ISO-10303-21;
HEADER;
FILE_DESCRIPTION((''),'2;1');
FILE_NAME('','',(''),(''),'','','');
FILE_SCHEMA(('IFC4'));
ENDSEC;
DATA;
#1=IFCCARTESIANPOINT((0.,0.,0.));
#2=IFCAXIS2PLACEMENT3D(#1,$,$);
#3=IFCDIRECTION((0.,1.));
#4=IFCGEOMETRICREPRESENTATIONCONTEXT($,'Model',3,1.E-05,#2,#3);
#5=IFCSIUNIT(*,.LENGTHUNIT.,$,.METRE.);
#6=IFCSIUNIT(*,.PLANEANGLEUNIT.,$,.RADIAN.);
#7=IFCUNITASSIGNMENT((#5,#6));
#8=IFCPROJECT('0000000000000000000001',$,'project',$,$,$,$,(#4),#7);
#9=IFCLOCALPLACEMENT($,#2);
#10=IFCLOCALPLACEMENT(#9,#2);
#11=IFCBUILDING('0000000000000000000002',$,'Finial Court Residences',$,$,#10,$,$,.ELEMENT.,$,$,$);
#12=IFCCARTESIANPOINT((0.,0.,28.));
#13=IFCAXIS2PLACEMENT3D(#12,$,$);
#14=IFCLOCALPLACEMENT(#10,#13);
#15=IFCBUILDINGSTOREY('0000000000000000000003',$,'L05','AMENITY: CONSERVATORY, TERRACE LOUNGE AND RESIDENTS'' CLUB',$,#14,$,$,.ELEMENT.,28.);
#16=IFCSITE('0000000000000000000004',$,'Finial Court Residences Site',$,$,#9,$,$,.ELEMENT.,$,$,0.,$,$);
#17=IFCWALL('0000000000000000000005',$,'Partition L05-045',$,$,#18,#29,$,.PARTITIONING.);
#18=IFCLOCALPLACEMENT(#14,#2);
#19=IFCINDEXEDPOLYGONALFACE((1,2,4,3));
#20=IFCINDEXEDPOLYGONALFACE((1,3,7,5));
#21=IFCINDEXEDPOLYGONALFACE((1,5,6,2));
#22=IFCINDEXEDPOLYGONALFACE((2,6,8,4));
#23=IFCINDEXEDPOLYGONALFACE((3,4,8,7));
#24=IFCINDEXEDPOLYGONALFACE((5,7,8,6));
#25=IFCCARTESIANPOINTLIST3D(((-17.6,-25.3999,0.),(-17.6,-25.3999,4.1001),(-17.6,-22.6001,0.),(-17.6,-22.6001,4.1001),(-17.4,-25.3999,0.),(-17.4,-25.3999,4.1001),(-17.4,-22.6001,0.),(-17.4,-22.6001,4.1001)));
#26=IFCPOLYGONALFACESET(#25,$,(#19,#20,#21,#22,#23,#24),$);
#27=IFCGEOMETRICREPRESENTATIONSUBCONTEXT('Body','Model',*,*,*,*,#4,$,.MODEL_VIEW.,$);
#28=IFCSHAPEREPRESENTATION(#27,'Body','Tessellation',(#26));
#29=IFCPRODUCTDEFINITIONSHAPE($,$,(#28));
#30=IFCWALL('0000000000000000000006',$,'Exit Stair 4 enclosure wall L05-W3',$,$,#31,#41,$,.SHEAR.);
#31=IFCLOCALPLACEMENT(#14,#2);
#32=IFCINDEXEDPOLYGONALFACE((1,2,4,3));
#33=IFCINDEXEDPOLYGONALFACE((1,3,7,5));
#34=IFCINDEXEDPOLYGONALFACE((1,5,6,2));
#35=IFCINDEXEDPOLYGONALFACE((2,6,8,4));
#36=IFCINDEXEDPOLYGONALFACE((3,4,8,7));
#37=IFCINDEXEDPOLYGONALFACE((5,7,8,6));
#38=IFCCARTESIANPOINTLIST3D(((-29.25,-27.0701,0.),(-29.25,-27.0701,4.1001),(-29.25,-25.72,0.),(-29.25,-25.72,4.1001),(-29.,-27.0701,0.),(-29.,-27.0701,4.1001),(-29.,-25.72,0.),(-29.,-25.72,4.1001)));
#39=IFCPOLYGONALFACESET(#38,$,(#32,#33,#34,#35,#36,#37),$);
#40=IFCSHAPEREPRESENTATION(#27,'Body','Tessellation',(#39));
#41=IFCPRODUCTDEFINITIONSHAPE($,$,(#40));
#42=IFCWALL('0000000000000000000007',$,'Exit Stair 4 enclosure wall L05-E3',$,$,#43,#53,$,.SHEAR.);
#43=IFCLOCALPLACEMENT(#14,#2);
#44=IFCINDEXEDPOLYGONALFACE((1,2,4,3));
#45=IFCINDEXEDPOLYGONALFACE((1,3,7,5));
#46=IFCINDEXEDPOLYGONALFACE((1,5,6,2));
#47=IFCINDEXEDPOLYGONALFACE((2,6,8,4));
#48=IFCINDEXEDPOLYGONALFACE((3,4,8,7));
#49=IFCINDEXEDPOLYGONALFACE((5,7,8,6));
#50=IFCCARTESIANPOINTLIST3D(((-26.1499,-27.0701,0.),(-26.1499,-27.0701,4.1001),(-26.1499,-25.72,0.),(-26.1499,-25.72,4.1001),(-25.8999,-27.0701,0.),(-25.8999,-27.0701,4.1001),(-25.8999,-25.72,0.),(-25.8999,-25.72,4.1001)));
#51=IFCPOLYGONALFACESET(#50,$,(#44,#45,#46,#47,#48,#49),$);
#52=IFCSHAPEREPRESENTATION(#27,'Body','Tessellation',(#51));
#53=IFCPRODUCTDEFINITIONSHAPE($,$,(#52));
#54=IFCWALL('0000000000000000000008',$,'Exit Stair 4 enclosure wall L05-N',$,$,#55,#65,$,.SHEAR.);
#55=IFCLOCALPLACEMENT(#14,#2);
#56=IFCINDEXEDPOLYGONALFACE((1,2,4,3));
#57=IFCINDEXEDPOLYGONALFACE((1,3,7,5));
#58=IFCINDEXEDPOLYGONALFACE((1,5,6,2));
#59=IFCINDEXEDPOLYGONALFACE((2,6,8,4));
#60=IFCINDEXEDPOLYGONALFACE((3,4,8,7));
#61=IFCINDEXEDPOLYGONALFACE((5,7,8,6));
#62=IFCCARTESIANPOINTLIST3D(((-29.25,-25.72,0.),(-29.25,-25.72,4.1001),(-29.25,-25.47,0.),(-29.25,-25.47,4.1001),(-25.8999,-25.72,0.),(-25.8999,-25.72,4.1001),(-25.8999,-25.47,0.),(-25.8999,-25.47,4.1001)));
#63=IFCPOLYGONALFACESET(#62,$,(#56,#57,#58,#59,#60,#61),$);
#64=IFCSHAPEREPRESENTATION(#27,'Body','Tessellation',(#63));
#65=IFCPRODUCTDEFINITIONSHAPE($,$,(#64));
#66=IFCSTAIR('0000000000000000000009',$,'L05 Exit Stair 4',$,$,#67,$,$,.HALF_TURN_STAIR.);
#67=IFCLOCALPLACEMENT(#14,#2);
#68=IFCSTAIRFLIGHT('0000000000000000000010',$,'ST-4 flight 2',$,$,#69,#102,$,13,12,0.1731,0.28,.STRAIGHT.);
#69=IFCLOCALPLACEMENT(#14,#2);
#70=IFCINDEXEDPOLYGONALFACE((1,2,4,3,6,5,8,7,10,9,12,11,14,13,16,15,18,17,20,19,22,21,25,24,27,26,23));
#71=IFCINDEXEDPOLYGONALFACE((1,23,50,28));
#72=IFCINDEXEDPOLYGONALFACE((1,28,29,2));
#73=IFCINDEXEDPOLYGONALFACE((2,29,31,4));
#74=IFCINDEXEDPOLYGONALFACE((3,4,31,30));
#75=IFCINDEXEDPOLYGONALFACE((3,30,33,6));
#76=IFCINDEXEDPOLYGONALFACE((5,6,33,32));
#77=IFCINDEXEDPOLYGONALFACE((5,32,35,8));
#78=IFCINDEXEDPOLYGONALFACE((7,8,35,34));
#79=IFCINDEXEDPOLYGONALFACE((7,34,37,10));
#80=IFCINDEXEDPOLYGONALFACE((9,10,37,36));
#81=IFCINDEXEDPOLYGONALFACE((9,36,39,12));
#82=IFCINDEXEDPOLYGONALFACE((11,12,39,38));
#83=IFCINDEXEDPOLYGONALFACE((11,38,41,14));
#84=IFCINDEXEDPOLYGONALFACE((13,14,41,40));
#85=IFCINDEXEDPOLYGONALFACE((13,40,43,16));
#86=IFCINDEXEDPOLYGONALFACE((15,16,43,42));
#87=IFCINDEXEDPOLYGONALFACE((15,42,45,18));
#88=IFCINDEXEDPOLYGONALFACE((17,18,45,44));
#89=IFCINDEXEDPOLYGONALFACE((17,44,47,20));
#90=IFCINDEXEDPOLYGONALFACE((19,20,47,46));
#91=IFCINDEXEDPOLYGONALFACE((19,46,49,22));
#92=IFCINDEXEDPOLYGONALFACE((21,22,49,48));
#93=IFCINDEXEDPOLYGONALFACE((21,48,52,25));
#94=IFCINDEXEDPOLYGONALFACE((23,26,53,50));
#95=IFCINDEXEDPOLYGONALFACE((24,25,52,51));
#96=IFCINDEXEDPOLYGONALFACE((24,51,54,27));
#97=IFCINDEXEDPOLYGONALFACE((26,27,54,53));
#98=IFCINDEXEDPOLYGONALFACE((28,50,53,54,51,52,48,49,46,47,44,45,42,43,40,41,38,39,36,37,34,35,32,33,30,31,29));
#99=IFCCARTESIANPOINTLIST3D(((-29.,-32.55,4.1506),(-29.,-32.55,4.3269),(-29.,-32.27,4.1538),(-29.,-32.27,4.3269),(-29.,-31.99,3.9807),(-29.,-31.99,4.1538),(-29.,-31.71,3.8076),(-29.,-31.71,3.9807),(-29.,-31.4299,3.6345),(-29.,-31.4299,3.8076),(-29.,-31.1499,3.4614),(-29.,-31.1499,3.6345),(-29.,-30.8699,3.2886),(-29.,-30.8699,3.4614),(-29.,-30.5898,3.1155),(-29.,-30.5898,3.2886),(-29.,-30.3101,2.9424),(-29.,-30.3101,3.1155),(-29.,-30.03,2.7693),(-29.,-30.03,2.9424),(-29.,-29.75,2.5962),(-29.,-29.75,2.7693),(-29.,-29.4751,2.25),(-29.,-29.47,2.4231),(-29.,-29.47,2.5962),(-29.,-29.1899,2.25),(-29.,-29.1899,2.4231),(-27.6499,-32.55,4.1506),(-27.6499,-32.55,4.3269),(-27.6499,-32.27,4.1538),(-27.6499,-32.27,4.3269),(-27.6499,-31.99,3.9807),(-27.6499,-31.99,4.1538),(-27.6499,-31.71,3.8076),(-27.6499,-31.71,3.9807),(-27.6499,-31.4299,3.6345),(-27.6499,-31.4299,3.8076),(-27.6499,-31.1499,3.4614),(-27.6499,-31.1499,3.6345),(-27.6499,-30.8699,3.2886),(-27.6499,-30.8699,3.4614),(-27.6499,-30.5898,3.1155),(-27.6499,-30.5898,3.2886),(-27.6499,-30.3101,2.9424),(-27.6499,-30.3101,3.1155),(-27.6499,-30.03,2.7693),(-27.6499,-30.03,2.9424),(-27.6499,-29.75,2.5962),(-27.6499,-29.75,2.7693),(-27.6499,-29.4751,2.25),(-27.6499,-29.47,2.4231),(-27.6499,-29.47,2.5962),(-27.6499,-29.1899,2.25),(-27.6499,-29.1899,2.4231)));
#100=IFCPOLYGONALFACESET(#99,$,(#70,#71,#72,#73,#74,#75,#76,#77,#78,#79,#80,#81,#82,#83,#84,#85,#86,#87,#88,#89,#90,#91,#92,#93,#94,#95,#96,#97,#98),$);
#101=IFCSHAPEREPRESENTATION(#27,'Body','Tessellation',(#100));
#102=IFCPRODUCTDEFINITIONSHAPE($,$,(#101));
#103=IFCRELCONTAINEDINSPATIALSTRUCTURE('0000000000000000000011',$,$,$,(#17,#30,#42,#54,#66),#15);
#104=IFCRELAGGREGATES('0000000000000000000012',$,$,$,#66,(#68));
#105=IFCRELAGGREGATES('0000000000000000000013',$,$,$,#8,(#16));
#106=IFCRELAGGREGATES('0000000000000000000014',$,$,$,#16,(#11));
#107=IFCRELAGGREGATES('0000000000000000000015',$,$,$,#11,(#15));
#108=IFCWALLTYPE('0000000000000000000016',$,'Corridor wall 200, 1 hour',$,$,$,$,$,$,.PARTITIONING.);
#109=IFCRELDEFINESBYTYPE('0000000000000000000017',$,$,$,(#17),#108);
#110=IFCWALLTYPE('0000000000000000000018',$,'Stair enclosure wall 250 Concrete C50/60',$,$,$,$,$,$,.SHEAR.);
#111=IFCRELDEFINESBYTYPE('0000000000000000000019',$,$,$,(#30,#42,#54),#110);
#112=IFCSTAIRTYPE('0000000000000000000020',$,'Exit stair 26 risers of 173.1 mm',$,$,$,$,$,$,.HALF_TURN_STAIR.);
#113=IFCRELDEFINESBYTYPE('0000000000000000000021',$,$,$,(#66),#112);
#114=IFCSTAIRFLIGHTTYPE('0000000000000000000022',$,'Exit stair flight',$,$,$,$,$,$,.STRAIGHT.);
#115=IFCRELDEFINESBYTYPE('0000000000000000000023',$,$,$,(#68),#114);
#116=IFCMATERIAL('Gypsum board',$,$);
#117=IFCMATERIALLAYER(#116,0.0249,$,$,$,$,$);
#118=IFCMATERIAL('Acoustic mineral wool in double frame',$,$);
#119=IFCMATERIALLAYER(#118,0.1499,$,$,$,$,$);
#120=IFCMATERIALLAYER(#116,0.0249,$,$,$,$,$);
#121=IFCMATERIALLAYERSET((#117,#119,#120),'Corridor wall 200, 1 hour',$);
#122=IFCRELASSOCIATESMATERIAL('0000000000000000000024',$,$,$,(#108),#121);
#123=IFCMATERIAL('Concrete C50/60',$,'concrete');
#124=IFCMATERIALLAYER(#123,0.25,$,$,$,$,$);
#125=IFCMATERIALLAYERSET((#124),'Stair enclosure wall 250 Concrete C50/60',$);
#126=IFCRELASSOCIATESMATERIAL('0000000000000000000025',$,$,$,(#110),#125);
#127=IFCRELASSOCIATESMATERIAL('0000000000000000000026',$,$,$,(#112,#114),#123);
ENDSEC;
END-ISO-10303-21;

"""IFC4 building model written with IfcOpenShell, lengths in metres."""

from ifc_helpers import new_model, si_unit, direction, frame, frame_2d, origin, place, context, subcontext, project, spatial, polyline, rectangle, outline, extrude, material, layer, layer_set, type_object, element, aggregate, save


model = new_model("IFC4")

# Units and contexts
model_context = context("Model", 3, precision=1e-05, world=origin(), true_north=direction((0.0, 1.0)))
body_context = subcontext(model_context, "Body", "Model", "MODEL_VIEW")
ifc_project = project(units=[si_unit("LENGTHUNIT", "METRE"), si_unit("PLANEANGLEUNIT", "RADIAN")], contexts=[model_context])

# Site, building, storey
site_placement = place(None, origin())
site = spatial("IfcSite", under=ifc_project, at=site_placement, Name="Finial Court Residences Site", CompositionType="ELEMENT", RefElevation=0.0)
building_placement = place(site_placement, origin())
building = spatial("IfcBuilding", under=site, at=building_placement, Name="Finial Court Residences", CompositionType="ELEMENT")
storey_placement = place(building_placement, frame((0.0, 0.0, 28.0)))
storey = spatial("IfcBuildingStorey", under=building, at=storey_placement, Name="L05", Description="AMENITY: CONSERVATORY, TERRACE LOUNGE AND RESIDENTS' CLUB", CompositionType="ELEMENT", Elevation=28.0)

# Shared definitions
ifc_material_1 = material(Name="Concrete C50/60", Category="concrete")

# Shared definitions
ifc_material_2 = material(Name="Gypsum board")
ifc_layer_1 = layer(ifc_material_2, 0.0249)
ifc_material_3 = material(Name="Acoustic mineral wool in double frame")
ifc_layer_2 = layer(ifc_material_3, 0.1499)
ifc_layer_3 = layer(ifc_material_2, 0.0249)
ifc_layer_set_1 = layer_set([ifc_layer_1, ifc_layer_2, ifc_layer_3], Name="Corridor wall 200, 1 hour")
wall_type_1 = type_object("IfcWallType", Name="Corridor wall 200, 1 hour", PredefinedType="PARTITIONING", material=ifc_layer_set_1)

# Walls
wall_1_placement = place(storey_placement, frame((-17.5, -25.3999, 0.0), z_axis=(0.0, 0.0, 1.0), x_axis=(0.0, 1.0, 0.0)))
element("IfcWall", 1, at=wall_1_placement, inside=storey, type_object=wall_type_1, Name="Partition L05-045", PredefinedType="PARTITIONING", context=body_context, shape_type="SweptSolid", body=[
    extrude(rectangle(XDim=2.7998, YDim=0.2, at=frame_2d((1.3999, 0.0))), origin(), (0.0, 0.0, 1.0), 4.1001),
])
ifc_layer_4 = layer(ifc_material_1, 0.25)
ifc_layer_set_2 = layer_set([ifc_layer_4], Name="Stair enclosure wall 250 Concrete C50/60")
wall_type_2 = type_object("IfcWallType", Name="Stair enclosure wall 250 Concrete C50/60", PredefinedType="SHEAR", material=ifc_layer_set_2)
for number, where, z_axis, x_axis, name in (
    (2, (-29.125, -27.0701, 0.0), (0.0, 0.0, 1.0), (0.0, 1.0, 0.0), "Exit Stair 4 enclosure wall L05-W3"),
    (3, (-26.0249, -27.0701, 0.0), (0.0, 0.0, 1.0), (0.0, 1.0, 0.0), "Exit Stair 4 enclosure wall L05-E3"),
):
    element("IfcWall", number, at=place(storey_placement, frame(where, z_axis=z_axis, x_axis=x_axis)), inside=storey, type_object=wall_type_2, Name=name, PredefinedType="SHEAR", context=body_context, shape_type="SweptSolid", body=[
        extrude(rectangle(XDim=1.3501, YDim=0.25, at=frame_2d((0.675, 0.0))), origin(), (0.0, 0.0, 1.0), 4.1001),
    ])
wall_2_placement = place(storey_placement, frame((-29.25, -25.595, 0.0), z_axis=(0.0, 0.0, 1.0), x_axis=(1.0, 0.0, 0.0)))
element("IfcWall", 4, at=wall_2_placement, inside=storey, type_object=wall_type_2, Name="Exit Stair 4 enclosure wall L05-N", PredefinedType="SHEAR", context=body_context, shape_type="SweptSolid", body=[
    extrude(rectangle(XDim=3.3501, YDim=0.25, at=frame_2d((1.675, 0.0))), origin(), (0.0, 0.0, 1.0), 4.1001),
])

# Stair, stair flight
stair_type = type_object("IfcStairType", Name="Exit stair 26 risers of 173.1 mm", PredefinedType="HALF_TURN_STAIR", material=ifc_material_1)
stair_placement = place(storey_placement, origin())
stair = element("IfcStair", 5, at=stair_placement, inside=storey, type_object=stair_type, Name="L05 Exit Stair 4", PredefinedType="HALF_TURN_STAIR")
stair_flight_type = type_object("IfcStairFlightType", Name="Exit stair flight", PredefinedType="STRAIGHT", material=ifc_material_1)
stair_flight_placement = place(storey_placement, frame((-28.325, -29.1899, 2.25), z_axis=(0.0, 0.0, 1.0), x_axis=(0.0, -1.0, 0.0)))
stair_flight = element("IfcStairFlight", 6, at=stair_flight_placement, type_object=stair_flight_type, Name="ST-4 flight 2", NumberOfRisers=13, NumberOfTreads=12, PredefinedType="STRAIGHT", RiserHeight=0.1731, TreadLength=0.28, context=body_context, shape_type="SweptSolid", body=[
    extrude(outline(polyline([(0.0, 0.0), (0.0, 0.1731), (0.28, 0.1731), (0.28, 0.3462), (0.5601, 0.3462), (0.5601, 0.5193), (0.8401, 0.5193), (0.8401, 0.6924), (1.1201, 0.6924), (1.1201, 0.8655), (1.3999, 0.8655), (1.3999, 1.0386), (1.6799, 1.0386), (1.6799, 1.2114), (1.96, 1.2114), (1.96, 1.3845), (2.24, 1.3845), (2.24, 1.5576), (2.52, 1.5576), (2.52, 1.7307), (2.8, 1.7307), (2.8, 1.9038), (3.0801, 1.9038), (3.0801, 2.0769), (3.3601, 2.0769), (3.3601, 2.25), (3.3601, 1.9006), (0.2852, 0.0), (0.0, 0.0)])), frame((0.0, 0.675, 0.0), z_axis=(0.0, -1.0, 0.0), x_axis=(1.0, 0.0, 0.0)), (0.0, 0.0, 1.0), 1.3501),
])
aggregate(stair, [stair_flight])

save(model, "model.ifc")
